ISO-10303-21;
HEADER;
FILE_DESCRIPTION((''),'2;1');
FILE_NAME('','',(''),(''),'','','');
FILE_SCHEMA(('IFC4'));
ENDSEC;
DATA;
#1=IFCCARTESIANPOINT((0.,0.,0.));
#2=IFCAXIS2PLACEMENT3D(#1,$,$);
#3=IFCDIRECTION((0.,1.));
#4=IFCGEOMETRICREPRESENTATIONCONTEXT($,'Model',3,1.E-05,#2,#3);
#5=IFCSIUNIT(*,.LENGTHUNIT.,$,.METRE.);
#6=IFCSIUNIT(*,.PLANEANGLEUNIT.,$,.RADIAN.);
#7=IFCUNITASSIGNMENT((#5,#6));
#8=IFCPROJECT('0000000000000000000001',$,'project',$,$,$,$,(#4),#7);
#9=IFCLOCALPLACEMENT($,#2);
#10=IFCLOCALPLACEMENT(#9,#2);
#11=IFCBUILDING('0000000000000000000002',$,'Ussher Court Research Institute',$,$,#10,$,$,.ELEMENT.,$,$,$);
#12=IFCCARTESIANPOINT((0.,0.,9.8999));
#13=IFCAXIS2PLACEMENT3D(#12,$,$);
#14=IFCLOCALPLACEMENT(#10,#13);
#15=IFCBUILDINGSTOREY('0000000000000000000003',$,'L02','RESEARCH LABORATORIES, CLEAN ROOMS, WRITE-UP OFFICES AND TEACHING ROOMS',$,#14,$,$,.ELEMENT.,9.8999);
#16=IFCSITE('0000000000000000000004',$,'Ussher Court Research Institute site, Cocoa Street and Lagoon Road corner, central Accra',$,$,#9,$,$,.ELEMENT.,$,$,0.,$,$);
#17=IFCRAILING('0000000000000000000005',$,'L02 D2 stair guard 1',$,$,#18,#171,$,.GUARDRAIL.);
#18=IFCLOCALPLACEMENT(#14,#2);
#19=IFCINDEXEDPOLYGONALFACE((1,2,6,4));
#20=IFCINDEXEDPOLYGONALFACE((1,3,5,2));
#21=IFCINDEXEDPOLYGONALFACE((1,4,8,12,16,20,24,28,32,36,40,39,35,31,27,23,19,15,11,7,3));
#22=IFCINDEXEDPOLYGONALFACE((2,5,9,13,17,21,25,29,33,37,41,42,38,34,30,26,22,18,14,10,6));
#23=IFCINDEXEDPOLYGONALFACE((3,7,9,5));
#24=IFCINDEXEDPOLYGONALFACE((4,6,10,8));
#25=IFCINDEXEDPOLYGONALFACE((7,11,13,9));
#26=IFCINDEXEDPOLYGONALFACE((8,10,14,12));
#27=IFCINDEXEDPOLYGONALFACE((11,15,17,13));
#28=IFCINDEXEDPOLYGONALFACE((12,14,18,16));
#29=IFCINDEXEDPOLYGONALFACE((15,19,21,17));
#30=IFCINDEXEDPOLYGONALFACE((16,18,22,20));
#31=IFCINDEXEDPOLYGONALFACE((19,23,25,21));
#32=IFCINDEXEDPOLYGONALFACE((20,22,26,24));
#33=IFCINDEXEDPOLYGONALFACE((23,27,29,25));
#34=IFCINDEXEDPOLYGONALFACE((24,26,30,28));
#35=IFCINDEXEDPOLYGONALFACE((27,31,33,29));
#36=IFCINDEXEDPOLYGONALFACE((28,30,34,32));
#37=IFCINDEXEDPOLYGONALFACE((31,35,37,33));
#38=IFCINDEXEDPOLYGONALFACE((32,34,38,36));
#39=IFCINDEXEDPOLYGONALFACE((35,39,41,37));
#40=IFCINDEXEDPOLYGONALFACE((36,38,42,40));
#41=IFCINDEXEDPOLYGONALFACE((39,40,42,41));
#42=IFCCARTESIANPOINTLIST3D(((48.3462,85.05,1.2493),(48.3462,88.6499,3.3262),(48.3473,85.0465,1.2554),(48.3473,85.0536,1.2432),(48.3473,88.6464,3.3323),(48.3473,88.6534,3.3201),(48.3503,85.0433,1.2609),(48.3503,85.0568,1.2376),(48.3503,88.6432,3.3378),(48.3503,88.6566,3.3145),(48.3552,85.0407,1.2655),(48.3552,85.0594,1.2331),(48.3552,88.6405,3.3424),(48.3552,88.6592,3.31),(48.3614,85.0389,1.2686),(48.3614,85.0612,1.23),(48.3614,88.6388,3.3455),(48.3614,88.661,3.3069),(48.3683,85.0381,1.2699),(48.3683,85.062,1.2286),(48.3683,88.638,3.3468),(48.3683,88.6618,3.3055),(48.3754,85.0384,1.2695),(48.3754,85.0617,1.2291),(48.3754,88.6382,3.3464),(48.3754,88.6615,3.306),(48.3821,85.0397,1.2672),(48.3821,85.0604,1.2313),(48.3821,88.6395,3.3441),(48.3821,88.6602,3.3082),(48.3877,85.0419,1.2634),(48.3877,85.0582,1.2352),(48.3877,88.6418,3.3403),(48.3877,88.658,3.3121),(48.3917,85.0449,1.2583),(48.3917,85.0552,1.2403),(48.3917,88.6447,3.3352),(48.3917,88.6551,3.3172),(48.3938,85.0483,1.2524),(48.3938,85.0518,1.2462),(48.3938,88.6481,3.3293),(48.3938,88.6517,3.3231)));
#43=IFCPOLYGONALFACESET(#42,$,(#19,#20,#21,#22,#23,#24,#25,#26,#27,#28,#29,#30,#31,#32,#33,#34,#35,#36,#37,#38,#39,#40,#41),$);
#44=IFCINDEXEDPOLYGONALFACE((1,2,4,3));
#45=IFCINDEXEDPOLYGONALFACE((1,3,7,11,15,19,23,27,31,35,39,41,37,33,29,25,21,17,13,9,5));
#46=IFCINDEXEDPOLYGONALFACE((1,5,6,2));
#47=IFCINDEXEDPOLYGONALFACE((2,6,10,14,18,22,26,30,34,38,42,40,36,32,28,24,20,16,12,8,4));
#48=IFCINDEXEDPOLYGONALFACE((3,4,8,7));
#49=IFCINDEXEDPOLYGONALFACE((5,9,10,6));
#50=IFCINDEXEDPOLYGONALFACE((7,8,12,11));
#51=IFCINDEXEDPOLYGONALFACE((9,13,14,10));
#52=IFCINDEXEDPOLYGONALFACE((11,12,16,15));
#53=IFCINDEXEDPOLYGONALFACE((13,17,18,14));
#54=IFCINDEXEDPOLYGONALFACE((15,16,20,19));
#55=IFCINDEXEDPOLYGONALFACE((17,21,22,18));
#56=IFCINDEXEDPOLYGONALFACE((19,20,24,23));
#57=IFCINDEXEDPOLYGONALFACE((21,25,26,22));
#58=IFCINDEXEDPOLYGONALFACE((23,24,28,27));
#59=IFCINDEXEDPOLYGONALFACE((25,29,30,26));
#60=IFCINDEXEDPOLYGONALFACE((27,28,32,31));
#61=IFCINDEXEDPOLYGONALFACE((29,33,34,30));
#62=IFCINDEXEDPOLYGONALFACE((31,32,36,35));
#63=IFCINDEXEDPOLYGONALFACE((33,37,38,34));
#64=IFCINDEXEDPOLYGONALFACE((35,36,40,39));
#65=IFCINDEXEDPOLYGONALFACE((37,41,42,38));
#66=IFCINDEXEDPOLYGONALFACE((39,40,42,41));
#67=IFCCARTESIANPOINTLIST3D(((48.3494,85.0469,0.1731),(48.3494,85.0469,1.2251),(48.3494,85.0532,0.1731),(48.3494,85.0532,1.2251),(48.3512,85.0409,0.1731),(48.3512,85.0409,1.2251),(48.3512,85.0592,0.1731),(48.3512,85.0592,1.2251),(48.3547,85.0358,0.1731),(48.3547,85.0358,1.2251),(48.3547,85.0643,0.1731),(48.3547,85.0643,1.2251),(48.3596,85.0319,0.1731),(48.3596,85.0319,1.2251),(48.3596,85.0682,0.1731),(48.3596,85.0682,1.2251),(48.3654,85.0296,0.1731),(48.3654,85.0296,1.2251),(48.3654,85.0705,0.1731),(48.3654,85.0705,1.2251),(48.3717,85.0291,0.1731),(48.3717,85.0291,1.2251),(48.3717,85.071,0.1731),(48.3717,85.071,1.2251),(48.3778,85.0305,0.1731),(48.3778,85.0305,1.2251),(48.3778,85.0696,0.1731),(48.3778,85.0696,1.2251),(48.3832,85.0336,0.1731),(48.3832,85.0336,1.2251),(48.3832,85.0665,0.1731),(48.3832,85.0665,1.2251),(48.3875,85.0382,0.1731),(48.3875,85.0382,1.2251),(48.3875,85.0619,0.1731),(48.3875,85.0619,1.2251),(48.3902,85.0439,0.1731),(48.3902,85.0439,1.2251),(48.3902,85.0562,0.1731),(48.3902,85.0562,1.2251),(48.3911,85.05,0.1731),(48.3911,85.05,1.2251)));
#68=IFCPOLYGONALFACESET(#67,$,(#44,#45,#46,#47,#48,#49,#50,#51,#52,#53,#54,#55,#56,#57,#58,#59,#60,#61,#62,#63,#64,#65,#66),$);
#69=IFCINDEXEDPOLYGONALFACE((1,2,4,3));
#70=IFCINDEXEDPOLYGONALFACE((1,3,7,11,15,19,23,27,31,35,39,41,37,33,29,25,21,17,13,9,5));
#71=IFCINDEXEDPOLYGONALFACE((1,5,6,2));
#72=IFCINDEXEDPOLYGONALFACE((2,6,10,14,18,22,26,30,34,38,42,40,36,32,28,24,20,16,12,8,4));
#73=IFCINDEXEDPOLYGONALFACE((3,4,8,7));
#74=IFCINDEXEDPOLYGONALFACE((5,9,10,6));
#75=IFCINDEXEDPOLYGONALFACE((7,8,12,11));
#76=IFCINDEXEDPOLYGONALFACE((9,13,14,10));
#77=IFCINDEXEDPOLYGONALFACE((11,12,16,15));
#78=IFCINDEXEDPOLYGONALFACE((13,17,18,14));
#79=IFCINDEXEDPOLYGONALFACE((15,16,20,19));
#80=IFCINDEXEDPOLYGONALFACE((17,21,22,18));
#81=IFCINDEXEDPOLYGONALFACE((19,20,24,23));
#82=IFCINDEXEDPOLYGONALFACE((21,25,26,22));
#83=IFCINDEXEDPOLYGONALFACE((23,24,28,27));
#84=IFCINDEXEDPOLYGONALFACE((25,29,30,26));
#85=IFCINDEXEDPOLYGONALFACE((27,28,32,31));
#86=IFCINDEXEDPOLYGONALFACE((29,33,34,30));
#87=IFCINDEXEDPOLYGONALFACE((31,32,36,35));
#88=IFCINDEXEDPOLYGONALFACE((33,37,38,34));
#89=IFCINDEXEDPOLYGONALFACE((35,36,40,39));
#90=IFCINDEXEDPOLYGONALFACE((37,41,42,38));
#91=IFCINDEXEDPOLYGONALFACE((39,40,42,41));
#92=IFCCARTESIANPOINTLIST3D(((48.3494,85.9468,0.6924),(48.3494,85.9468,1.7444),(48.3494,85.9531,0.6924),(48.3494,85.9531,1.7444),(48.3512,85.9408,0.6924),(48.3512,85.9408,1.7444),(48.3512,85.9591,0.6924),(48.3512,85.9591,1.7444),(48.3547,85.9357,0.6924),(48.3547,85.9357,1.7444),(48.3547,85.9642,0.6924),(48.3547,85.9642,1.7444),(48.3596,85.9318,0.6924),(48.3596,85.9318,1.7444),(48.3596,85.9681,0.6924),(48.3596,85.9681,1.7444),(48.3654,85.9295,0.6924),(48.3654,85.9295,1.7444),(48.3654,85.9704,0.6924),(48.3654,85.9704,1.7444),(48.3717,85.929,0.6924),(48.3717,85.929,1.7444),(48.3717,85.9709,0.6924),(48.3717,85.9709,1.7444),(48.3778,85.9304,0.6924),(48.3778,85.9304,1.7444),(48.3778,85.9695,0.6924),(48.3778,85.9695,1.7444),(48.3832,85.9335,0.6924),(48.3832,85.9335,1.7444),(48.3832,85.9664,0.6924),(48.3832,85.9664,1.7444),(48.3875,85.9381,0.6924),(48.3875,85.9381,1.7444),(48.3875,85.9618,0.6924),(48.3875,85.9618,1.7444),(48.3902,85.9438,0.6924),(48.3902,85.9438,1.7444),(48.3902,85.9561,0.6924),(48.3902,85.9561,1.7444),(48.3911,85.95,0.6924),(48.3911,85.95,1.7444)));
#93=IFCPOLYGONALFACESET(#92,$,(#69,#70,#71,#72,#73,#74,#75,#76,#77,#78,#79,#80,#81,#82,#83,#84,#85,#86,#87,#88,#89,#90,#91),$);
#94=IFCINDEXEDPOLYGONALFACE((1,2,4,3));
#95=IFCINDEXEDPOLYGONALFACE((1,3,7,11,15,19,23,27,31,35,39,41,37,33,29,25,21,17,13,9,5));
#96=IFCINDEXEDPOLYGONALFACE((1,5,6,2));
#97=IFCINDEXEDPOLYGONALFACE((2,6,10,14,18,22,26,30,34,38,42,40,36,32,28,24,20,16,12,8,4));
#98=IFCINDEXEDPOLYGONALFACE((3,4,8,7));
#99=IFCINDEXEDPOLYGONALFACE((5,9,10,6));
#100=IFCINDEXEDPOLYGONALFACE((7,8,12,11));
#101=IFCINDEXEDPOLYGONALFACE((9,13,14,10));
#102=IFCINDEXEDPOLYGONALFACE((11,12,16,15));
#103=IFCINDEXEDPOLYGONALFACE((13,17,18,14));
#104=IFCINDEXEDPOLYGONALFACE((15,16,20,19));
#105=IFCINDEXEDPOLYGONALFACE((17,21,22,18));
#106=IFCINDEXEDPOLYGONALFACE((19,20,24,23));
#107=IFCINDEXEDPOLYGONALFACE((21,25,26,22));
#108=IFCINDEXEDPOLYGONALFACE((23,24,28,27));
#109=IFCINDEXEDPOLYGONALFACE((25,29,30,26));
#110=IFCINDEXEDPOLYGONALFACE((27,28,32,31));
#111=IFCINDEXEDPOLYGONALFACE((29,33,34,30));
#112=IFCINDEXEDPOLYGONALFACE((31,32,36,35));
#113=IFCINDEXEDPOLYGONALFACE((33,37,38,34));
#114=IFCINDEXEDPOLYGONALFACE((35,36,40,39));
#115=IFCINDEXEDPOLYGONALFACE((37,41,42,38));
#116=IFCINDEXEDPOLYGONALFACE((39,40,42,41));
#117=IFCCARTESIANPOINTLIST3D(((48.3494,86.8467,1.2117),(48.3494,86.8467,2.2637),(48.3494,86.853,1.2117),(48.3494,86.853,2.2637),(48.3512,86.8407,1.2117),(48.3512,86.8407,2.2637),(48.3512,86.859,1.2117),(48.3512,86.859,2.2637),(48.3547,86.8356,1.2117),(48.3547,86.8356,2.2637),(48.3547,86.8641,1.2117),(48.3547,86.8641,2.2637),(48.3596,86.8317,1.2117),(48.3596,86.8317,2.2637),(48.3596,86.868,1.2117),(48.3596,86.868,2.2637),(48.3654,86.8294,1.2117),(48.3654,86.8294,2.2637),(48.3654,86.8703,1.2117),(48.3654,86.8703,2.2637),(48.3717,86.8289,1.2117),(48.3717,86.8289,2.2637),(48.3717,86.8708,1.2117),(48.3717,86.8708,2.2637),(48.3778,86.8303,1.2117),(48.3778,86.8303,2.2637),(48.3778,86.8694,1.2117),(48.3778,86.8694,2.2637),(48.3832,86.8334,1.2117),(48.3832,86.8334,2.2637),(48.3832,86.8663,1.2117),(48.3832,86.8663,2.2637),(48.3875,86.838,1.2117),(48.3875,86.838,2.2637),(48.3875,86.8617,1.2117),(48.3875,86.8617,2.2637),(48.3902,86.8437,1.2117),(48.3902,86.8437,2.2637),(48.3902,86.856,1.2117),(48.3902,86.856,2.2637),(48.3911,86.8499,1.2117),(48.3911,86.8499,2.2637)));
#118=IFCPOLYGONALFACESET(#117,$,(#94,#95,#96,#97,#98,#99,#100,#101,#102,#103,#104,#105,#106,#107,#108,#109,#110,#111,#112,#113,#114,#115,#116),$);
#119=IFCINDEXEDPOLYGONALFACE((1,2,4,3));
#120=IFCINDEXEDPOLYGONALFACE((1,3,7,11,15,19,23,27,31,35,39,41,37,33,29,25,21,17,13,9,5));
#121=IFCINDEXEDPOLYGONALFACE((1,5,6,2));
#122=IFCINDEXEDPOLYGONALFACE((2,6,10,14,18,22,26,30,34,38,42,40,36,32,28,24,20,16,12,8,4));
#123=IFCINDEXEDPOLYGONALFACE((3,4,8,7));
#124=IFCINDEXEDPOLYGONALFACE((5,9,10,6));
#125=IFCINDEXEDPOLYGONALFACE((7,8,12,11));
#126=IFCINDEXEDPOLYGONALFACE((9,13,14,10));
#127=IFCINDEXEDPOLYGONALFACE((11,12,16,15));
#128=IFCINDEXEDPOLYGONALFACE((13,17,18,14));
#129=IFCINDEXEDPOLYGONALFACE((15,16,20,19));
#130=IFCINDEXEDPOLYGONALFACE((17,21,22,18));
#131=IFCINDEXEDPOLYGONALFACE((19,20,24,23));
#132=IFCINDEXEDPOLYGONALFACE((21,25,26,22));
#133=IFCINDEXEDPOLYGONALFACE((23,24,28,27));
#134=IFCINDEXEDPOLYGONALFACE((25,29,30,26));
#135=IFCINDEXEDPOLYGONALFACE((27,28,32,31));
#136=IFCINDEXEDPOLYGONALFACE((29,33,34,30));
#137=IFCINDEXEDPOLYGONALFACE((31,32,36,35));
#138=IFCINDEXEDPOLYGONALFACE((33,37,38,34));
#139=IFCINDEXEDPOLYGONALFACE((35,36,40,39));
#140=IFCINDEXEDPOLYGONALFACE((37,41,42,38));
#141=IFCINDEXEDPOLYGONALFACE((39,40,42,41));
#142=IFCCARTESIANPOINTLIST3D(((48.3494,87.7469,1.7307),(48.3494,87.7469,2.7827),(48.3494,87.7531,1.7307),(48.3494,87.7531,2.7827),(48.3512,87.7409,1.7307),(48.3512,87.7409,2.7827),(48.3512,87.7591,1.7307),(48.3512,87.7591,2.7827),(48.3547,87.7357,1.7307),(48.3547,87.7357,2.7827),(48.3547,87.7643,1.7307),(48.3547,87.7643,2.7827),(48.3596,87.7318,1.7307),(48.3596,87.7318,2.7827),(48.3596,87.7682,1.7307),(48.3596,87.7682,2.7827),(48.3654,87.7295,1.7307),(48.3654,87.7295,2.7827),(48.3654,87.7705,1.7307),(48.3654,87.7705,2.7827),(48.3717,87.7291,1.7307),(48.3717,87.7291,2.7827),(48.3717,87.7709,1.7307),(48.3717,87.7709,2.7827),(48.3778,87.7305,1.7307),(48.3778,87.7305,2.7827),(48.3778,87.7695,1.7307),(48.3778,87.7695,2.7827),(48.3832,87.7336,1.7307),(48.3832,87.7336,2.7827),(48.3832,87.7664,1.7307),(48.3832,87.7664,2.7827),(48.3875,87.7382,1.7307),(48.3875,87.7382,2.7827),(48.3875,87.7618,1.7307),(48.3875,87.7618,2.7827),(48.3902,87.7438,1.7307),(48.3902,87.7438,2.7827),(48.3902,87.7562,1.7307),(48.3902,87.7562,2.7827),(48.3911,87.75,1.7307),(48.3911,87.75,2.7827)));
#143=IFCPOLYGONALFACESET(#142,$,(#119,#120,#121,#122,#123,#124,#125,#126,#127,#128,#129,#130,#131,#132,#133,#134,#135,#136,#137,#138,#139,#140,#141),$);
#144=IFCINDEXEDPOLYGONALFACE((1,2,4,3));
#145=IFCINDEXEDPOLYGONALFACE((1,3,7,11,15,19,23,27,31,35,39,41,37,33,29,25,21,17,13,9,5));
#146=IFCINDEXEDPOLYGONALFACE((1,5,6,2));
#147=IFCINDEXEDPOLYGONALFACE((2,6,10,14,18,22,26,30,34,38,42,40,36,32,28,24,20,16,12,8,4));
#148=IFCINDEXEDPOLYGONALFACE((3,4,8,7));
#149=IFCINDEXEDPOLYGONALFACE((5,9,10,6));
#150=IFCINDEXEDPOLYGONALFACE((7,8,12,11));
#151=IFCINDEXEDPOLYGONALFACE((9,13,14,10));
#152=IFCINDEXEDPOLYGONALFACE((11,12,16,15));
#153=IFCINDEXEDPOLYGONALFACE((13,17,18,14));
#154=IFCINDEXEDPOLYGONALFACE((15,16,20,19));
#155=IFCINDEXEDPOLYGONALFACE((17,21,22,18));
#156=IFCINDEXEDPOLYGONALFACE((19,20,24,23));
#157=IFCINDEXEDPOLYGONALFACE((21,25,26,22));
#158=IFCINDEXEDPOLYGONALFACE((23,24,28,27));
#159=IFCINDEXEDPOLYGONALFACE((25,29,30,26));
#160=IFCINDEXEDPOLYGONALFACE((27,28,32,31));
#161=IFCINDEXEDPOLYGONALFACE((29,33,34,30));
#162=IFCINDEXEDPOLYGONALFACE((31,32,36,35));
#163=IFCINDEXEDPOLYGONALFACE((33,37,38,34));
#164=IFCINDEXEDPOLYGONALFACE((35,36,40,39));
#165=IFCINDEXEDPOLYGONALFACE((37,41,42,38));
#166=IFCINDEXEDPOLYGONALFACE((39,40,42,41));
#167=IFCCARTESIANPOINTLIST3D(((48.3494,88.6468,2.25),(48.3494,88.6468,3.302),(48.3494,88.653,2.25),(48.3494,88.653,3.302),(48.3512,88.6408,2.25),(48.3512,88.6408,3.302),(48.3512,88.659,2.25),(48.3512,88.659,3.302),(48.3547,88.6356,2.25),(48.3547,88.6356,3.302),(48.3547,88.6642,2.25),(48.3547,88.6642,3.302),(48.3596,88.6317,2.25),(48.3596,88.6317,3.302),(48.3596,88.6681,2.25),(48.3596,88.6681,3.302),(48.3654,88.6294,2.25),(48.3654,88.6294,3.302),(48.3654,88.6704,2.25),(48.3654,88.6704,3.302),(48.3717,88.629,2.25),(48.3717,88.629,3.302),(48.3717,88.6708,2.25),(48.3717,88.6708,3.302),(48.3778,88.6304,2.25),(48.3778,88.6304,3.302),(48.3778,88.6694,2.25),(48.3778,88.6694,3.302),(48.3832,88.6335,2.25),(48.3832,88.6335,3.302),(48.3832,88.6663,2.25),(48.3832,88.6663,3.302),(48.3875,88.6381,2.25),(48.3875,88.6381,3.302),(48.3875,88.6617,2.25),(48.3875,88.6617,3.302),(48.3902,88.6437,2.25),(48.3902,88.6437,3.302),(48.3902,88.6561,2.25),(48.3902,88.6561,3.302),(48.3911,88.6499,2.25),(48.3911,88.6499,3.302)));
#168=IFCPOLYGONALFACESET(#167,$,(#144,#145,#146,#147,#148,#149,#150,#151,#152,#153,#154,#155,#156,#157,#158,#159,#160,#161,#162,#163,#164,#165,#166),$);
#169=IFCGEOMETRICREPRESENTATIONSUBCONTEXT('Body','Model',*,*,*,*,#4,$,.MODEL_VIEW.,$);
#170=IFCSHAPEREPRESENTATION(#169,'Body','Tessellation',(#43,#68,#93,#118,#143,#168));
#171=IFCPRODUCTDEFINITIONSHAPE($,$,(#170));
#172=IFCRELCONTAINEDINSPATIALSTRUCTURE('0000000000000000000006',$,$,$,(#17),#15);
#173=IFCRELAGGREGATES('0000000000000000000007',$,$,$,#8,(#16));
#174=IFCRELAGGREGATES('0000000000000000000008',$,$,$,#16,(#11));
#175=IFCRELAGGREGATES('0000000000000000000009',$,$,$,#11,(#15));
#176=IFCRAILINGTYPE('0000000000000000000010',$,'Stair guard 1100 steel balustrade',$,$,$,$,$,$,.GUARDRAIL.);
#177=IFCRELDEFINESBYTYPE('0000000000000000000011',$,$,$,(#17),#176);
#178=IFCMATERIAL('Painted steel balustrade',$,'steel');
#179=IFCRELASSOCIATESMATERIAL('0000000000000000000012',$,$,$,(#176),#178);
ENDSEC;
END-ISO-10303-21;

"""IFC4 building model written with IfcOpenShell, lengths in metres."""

from ifc_helpers import new_model, si_unit, direction, frame, origin, origin_2d, place, context, subcontext, project, spatial, circle, extrude, material, type_object, element, save


model = new_model("IFC4")

# Units and contexts
model_context = context("Model", 3, precision=1e-05, world=origin(), true_north=direction((0.0, 1.0)))
body_context = subcontext(model_context, "Body", "Model", "MODEL_VIEW")
ifc_project = project(units=[si_unit("LENGTHUNIT", "METRE"), si_unit("PLANEANGLEUNIT", "RADIAN")], contexts=[model_context])

# Site, building, storey
site_placement = place(None, origin())
site = spatial("IfcSite", under=ifc_project, at=site_placement, Name="Ussher Court Research Institute site, Cocoa Street and Lagoon Road corner, central Accra", CompositionType="ELEMENT", RefElevation=0.0)
building_placement = place(site_placement, origin())
building = spatial("IfcBuilding", under=site, at=building_placement, Name="Ussher Court Research Institute", CompositionType="ELEMENT")
storey_placement = place(building_placement, frame((0.0, 0.0, 9.8999)))
storey = spatial("IfcBuildingStorey", under=building, at=storey_placement, Name="L02", Description="RESEARCH LABORATORIES, CLEAN ROOMS, WRITE-UP OFFICES AND TEACHING ROOMS", CompositionType="ELEMENT", Elevation=9.8999)

# Railing
ifc_material_1 = material(Name="Painted steel balustrade", Category="steel")
railing_type_1 = type_object("IfcRailingType", Name="Stair guard 1100 steel balustrade", PredefinedType="GUARDRAIL", material=ifc_material_1)
railing_1_placement = place(storey_placement, frame((48.3701, 85.05, 0.1731)))
element("IfcRailing", 1, at=railing_1_placement, inside=storey, type_object=railing_type_1, Name="L02 D2 stair guard 1", PredefinedType="GUARDRAIL", context=body_context, shape_type="SweptSolid", body=[
    extrude(circle(Radius=0.0239, at=origin_2d()), frame((0.0, 0.0, 1.0762), z_axis=(0.0, 0.866179, 0.499734), x_axis=(-1.0, 0.0, 0.0)), (0.0, 0.0, 1.0), 4.156),
    extrude(circle(Radius=0.021, at=origin_2d()), origin(), (0.0, 0.0, 1.0), 1.052),
    extrude(circle(Radius=0.021, at=origin_2d()), frame((0.0, 0.8999, 0.5193)), (0.0, 0.0, 1.0), 1.052),
    extrude(circle(Radius=0.021, at=origin_2d()), frame((0.0, 1.7998, 1.0386)), (0.0, 0.0, 1.0), 1.052),
    extrude(circle(Radius=0.021, at=origin_2d()), frame((0.0, 2.7, 1.5576)), (0.0, 0.0, 1.0), 1.052),
    extrude(circle(Radius=0.021, at=origin_2d()), frame((0.0, 3.5999, 2.0769)), (0.0, 0.0, 1.0), 1.052),
])

save(model, "model.ifc")
